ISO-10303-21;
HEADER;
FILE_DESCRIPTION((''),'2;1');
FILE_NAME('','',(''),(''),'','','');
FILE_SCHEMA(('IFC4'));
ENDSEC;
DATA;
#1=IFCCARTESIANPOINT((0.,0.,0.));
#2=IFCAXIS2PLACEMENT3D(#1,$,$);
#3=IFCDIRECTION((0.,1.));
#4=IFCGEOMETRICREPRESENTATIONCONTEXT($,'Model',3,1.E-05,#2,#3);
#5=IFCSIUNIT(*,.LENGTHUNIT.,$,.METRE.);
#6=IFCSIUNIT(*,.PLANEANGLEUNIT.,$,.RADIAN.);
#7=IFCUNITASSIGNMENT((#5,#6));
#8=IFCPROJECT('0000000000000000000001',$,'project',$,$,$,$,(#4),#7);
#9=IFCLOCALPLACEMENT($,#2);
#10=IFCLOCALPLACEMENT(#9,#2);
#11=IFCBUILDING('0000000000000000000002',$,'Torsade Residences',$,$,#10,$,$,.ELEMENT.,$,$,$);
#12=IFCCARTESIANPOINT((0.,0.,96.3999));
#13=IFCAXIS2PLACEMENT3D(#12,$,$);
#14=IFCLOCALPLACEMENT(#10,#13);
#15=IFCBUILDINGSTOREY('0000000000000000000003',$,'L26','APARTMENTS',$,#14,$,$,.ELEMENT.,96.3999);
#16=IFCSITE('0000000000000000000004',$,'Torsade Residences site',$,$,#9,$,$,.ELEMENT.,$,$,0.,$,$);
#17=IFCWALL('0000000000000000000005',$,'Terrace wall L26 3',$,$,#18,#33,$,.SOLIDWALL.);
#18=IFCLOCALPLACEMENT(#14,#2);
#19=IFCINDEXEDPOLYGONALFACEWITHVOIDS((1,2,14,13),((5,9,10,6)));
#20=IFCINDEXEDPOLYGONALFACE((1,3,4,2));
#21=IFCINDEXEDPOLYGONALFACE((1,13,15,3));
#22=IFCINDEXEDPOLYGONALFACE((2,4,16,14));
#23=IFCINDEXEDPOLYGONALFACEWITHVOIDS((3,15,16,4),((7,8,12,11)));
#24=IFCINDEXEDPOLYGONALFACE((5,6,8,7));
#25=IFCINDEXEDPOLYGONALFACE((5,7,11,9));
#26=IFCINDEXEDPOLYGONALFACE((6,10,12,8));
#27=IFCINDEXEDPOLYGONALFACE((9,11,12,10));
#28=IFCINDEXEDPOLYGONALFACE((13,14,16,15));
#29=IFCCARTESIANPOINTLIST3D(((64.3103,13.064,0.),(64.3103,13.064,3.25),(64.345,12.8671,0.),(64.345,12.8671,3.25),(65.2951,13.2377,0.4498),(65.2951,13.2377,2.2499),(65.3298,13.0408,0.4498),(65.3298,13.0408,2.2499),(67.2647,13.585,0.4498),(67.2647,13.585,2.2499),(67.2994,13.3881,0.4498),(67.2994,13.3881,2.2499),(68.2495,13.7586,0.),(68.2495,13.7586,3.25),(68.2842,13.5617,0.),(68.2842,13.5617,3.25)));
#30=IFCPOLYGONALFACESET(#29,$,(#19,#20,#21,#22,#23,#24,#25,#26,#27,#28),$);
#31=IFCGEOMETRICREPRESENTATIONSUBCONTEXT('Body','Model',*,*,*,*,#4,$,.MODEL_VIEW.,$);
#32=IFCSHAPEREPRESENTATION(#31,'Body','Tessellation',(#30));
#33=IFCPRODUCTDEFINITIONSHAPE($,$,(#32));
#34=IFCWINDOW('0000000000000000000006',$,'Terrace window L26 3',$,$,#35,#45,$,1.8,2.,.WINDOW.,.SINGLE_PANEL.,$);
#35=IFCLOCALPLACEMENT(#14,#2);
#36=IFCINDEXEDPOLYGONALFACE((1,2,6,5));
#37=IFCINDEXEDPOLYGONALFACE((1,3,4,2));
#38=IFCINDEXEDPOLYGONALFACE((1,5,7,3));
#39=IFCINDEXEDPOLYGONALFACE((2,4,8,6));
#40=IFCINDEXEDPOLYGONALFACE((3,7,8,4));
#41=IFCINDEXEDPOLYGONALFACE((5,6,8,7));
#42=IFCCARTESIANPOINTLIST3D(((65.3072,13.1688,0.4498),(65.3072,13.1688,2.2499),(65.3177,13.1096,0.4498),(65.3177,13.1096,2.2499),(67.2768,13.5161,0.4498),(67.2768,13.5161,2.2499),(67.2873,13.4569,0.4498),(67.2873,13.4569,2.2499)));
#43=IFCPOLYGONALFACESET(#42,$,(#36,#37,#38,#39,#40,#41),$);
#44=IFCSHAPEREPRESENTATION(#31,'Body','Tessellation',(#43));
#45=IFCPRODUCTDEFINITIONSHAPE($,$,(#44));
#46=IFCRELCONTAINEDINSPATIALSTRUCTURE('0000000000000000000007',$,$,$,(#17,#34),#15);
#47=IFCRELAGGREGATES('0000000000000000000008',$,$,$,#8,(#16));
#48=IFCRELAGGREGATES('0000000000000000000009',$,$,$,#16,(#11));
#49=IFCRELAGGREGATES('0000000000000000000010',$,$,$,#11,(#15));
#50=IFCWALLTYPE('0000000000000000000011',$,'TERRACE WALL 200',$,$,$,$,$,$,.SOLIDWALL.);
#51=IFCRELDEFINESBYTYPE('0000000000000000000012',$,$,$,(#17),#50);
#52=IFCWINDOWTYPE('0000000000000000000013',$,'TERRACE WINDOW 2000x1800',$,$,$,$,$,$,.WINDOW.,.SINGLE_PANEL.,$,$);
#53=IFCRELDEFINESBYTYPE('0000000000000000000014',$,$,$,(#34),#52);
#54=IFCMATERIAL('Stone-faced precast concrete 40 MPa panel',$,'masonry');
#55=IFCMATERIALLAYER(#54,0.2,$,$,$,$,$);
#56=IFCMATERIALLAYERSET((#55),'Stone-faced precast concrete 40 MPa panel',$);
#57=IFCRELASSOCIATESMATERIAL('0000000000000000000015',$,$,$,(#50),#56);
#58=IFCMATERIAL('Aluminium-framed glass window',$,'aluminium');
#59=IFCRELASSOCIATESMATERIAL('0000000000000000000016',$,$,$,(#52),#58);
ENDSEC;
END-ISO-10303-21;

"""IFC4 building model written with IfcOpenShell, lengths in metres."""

from ifc_helpers import new_model, si_unit, direction, frame, frame_2d, origin, place, context, subcontext, project, spatial, rectangle, extrude, material, layer, layer_set, type_object, element, fill, save


model = new_model("IFC4")

# Units and contexts
model_context = context("Model", 3, precision=1e-05, world=origin(), true_north=direction((0.0, 1.0)))
body_context = subcontext(model_context, "Body", "Model", "MODEL_VIEW")
ifc_project = project(units=[si_unit("LENGTHUNIT", "METRE"), si_unit("PLANEANGLEUNIT", "RADIAN")], contexts=[model_context])

# Site, building, storey
site_placement = place(None, origin())
site = spatial("IfcSite", under=ifc_project, at=site_placement, Name="Torsade Residences site", CompositionType="ELEMENT", RefElevation=0.0)
building_placement = place(site_placement, origin())
building = spatial("IfcBuilding", under=site, at=building_placement, Name="Torsade Residences", CompositionType="ELEMENT")
storey_placement = place(building_placement, frame((0.0, 0.0, 96.3999)))
storey = spatial("IfcBuildingStorey", under=building, at=storey_placement, Name="L26", Description="APARTMENTS", CompositionType="ELEMENT", Elevation=96.3999)

# Shared definitions
ifc_material_1 = material(Name="Stone-faced precast concrete 40 MPa panel", Category="masonry")
ifc_layer_1 = layer(ifc_material_1, 0.2)
ifc_layer_set_1 = layer_set([ifc_layer_1], Name="Stone-faced precast concrete 40 MPa panel")
wall_type = type_object("IfcWallType", Name="TERRACE WALL 200", PredefinedType="SOLIDWALL", material=ifc_layer_set_1)

# Wall, opening, window
wall_1_placement = place(storey_placement, frame((64.3276, 12.9656, 0.0), z_axis=(0.0, 0.0, 1.0), x_axis=(0.984808, 0.173646, 0.0)))
wall_1 = element("IfcWall", 1, at=wall_1_placement, inside=storey, type_object=wall_type, Name="Terrace wall L26 3", PredefinedType="SOLIDWALL", context=body_context, shape_type="SweptSolid", body=[
    extrude(rectangle(XDim=4.0, YDim=0.2, at=frame_2d((2.0, 0.0))), origin(), (0.0, 0.0, 1.0), 3.25),
])
opening_1_placement = place(wall_1_placement, frame((1.0, 0.0, 0.45)))
opening_1 = element("IfcOpeningElement", 2, at=opening_1_placement, cuts=wall_1, PredefinedType="OPENING", context=body_context, shape_type="SweptSolid", body=[
    extrude(rectangle(XDim=2.0, YDim=1.8, at=frame_2d((1.0, 0.8999))), frame((0.0, 0.1099, 0.0), z_axis=(0.0, -1.0, 0.0), x_axis=(1.0, 0.0, 0.0)), (0.0, 0.0, 1.0), 0.22),
])
ifc_material_2 = material(Name="Aluminium-framed glass window", Category="aluminium")
window_type = type_object("IfcWindowType", Name="TERRACE WINDOW 2000x1800", PartitioningType="SINGLE_PANEL", PredefinedType="WINDOW", material=ifc_material_2)
window_placement = place(opening_1_placement, origin())
window = element("IfcWindow", 3, at=window_placement, inside=storey, type_object=window_type, Name="Terrace window L26 3", OverallHeight=1.8, OverallWidth=2.0, PartitioningType="SINGLE_PANEL", PredefinedType="WINDOW", context=body_context, shape_type="SweptSolid", body=[
    extrude(rectangle(XDim=2.0, YDim=1.8, at=frame_2d((1.0, 0.8999))), frame((0.0, 0.03, 0.0), z_axis=(0.0, -1.0, 0.0), x_axis=(1.0, 0.0, 0.0)), (0.0, 0.0, 1.0), 0.0601),
])
fill(opening_1, window)

save(model, "model.ifc")
